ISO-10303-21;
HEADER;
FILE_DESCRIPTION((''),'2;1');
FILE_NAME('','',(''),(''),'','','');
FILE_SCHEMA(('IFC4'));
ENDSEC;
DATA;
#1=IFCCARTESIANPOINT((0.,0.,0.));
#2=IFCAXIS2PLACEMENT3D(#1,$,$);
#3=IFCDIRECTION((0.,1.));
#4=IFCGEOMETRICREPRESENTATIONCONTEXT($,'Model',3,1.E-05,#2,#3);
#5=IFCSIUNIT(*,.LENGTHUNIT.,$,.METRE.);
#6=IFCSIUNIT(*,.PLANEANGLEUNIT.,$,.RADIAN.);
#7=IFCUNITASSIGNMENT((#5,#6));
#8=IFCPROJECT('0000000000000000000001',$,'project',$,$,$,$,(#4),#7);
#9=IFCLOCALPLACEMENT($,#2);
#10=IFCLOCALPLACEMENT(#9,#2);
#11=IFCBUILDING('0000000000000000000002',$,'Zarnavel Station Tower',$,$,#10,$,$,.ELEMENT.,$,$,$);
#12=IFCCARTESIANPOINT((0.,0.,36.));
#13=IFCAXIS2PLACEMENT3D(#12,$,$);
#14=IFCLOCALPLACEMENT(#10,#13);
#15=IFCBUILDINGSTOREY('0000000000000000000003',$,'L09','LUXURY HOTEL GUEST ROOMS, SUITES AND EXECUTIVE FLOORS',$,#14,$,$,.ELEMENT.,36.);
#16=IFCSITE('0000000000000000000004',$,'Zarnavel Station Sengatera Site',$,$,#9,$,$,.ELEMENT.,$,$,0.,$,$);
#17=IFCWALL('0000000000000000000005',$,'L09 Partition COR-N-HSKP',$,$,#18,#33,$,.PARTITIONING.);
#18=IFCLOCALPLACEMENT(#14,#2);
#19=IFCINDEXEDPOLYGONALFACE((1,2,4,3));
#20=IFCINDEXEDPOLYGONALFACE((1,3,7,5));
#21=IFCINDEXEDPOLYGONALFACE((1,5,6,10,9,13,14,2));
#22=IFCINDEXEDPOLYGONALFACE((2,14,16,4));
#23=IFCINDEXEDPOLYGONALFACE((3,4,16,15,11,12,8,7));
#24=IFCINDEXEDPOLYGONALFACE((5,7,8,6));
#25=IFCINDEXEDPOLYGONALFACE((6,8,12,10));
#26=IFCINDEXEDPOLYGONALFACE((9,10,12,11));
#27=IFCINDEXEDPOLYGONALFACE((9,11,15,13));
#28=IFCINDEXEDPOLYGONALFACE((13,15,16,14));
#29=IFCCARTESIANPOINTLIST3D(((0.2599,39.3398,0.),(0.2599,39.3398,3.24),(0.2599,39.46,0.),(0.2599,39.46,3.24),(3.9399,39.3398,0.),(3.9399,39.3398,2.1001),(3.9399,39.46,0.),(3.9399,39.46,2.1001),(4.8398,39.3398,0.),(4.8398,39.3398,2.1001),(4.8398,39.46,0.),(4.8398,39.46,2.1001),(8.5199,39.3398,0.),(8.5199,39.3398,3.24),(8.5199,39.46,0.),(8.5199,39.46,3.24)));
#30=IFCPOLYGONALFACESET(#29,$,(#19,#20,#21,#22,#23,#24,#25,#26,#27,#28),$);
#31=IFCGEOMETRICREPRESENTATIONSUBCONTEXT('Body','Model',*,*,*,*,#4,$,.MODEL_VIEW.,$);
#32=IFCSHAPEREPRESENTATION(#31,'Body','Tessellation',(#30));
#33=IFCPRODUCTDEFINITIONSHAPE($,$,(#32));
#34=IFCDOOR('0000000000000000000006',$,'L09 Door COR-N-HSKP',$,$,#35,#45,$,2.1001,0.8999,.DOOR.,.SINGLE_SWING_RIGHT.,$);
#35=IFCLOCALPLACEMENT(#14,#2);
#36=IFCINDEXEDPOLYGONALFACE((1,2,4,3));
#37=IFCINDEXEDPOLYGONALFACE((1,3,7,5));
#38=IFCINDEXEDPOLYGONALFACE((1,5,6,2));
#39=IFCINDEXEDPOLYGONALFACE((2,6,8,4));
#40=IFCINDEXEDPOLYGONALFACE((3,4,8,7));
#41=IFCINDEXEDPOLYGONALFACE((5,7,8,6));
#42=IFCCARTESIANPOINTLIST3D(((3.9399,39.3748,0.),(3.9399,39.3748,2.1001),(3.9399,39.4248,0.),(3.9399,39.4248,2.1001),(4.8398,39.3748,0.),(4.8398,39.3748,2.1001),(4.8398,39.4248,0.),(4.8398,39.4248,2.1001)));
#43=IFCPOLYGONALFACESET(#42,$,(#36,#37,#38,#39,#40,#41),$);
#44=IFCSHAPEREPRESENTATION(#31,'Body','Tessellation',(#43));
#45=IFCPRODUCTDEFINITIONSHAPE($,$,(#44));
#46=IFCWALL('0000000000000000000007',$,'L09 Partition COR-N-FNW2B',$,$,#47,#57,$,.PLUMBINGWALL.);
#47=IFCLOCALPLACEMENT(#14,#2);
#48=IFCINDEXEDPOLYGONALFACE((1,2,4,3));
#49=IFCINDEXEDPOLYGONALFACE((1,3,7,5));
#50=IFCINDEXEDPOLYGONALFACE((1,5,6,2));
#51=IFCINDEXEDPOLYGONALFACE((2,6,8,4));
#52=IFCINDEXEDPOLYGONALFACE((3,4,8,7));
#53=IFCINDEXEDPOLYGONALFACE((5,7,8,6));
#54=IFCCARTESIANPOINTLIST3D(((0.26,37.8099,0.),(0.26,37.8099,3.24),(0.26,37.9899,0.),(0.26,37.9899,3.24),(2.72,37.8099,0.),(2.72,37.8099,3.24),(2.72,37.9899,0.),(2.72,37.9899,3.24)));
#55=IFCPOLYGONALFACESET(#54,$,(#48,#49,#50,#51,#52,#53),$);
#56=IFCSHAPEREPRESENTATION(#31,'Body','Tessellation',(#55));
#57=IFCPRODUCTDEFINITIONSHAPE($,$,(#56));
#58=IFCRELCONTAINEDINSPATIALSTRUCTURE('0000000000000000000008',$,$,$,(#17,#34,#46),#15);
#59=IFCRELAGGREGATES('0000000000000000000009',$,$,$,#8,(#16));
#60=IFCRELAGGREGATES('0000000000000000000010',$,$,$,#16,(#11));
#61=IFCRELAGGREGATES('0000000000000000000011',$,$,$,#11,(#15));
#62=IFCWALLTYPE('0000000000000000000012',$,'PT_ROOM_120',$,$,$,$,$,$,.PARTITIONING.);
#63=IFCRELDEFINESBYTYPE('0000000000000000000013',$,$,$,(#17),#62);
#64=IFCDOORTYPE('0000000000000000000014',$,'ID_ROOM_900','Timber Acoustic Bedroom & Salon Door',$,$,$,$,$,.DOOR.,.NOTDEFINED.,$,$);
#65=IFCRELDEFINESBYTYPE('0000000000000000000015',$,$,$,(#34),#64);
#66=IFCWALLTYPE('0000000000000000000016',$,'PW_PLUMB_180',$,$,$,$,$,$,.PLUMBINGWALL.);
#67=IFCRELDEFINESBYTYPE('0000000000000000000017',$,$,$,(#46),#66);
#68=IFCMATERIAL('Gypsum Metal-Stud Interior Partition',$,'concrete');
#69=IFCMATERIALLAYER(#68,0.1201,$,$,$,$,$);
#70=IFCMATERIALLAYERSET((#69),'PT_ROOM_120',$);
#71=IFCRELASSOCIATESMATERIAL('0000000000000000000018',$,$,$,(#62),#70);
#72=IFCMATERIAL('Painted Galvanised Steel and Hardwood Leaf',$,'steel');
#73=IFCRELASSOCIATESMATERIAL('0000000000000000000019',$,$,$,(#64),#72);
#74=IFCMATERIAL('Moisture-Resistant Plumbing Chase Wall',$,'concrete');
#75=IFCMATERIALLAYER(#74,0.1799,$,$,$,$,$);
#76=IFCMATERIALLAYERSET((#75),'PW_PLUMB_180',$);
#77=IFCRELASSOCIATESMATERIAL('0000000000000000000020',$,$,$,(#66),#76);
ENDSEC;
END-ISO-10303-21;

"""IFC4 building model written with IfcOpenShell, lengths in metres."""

from ifc_helpers import new_model, si_unit, direction, frame, frame_2d, origin, place, context, subcontext, project, spatial, rectangle, extrude, material, layer, layer_set, type_object, element, fill, save


model = new_model("IFC4")

# Units and contexts
model_context = context("Model", 3, precision=1e-05, world=origin(), true_north=direction((0.0, 1.0)))
body_context = subcontext(model_context, "Body", "Model", "MODEL_VIEW")
ifc_project = project(units=[si_unit("LENGTHUNIT", "METRE"), si_unit("PLANEANGLEUNIT", "RADIAN")], contexts=[model_context])

# Site, building, storey
site_placement = place(None, origin())
site = spatial("IfcSite", under=ifc_project, at=site_placement, Name="Zarnavel Station Sengatera Site", CompositionType="ELEMENT", RefElevation=0.0)
building_placement = place(site_placement, origin())
building = spatial("IfcBuilding", under=site, at=building_placement, Name="Zarnavel Station Tower", CompositionType="ELEMENT")
storey_placement = place(building_placement, frame((0.0, 0.0, 36.0)))
storey = spatial("IfcBuildingStorey", under=building, at=storey_placement, Name="L09", Description="LUXURY HOTEL GUEST ROOMS, SUITES AND EXECUTIVE FLOORS", CompositionType="ELEMENT", Elevation=36.0)

# Wall, opening, door
ifc_material_1 = material(Name="Gypsum Metal-Stud Interior Partition", Category="concrete")
ifc_layer_1 = layer(ifc_material_1, 0.1201)
ifc_layer_set_1 = layer_set([ifc_layer_1], Name="PT_ROOM_120")
wall_type_1 = type_object("IfcWallType", Name="PT_ROOM_120", PredefinedType="PARTITIONING", material=ifc_layer_set_1)
wall_1_placement = place(storey_placement, frame((0.26, 39.3999, 0.0), z_axis=(0.0, 0.0, 1.0), x_axis=(1.0, 0.0, 0.0)))
wall_1 = element("IfcWall", 1, at=wall_1_placement, inside=storey, type_object=wall_type_1, Name="L09 Partition COR-N-HSKP", PredefinedType="PARTITIONING", context=body_context, shape_type="SweptSolid", body=[
    extrude(rectangle(XDim=8.26, YDim=0.1201, at=frame_2d((4.1299, 0.0))), origin(), (0.0, 0.0, 1.0), 3.24),
])
opening_1_placement = place(wall_1_placement, frame((3.6799, 0.0, 0.0)))
opening_1 = element("IfcOpeningElement", 2, at=opening_1_placement, cuts=wall_1, PredefinedType="OPENING", context=body_context, shape_type="SweptSolid", body=[
    extrude(rectangle(XDim=0.8999, YDim=2.1001, at=frame_2d((0.45, 1.05))), frame((0.0, 0.0701, 0.0), z_axis=(0.0, -1.0, 0.0), x_axis=(1.0, 0.0, 0.0)), (0.0, 0.0, 1.0), 0.1401),
])
ifc_material_2 = material(Name="Painted Galvanised Steel and Hardwood Leaf", Category="steel")
door_type = type_object("IfcDoorType", Name="ID_ROOM_900", Description="Timber Acoustic Bedroom & Salon Door", OperationType="NOTDEFINED", PredefinedType="DOOR", material=ifc_material_2)
door_placement = place(opening_1_placement, origin())
door = element("IfcDoor", 3, at=door_placement, inside=storey, type_object=door_type, Name="L09 Door COR-N-HSKP", OperationType="SINGLE_SWING_RIGHT", OverallHeight=2.1001, OverallWidth=0.8999, PredefinedType="DOOR", context=body_context, shape_type="SweptSolid", body=[
    extrude(rectangle(XDim=0.8999, YDim=2.1001, at=frame_2d((0.45, 1.05))), frame((0.0, 0.0249, 0.0), z_axis=(0.0, -1.0, 0.0), x_axis=(1.0, 0.0, 0.0)), (0.0, 0.0, 1.0), 0.05),
])
fill(opening_1, door)

# Wall
ifc_material_3 = material(Name="Moisture-Resistant Plumbing Chase Wall", Category="concrete")
ifc_layer_2 = layer(ifc_material_3, 0.1799)
ifc_layer_set_2 = layer_set([ifc_layer_2], Name="PW_PLUMB_180")
wall_type_2 = type_object("IfcWallType", Name="PW_PLUMB_180", PredefinedType="PLUMBINGWALL", material=ifc_layer_set_2)
wall_2_placement = place(storey_placement, frame((0.26, 37.8999, 0.0), z_axis=(0.0, 0.0, 1.0), x_axis=(1.0, 0.0, 0.0)))
element("IfcWall", 4, at=wall_2_placement, inside=storey, type_object=wall_type_2, Name="L09 Partition COR-N-FNW2B", PredefinedType="PLUMBINGWALL", context=body_context, shape_type="SweptSolid", body=[
    extrude(rectangle(XDim=2.46, YDim=0.1799, at=frame_2d((1.23, 0.0))), origin(), (0.0, 0.0, 1.0), 3.24),
])

save(model, "model.ifc")
